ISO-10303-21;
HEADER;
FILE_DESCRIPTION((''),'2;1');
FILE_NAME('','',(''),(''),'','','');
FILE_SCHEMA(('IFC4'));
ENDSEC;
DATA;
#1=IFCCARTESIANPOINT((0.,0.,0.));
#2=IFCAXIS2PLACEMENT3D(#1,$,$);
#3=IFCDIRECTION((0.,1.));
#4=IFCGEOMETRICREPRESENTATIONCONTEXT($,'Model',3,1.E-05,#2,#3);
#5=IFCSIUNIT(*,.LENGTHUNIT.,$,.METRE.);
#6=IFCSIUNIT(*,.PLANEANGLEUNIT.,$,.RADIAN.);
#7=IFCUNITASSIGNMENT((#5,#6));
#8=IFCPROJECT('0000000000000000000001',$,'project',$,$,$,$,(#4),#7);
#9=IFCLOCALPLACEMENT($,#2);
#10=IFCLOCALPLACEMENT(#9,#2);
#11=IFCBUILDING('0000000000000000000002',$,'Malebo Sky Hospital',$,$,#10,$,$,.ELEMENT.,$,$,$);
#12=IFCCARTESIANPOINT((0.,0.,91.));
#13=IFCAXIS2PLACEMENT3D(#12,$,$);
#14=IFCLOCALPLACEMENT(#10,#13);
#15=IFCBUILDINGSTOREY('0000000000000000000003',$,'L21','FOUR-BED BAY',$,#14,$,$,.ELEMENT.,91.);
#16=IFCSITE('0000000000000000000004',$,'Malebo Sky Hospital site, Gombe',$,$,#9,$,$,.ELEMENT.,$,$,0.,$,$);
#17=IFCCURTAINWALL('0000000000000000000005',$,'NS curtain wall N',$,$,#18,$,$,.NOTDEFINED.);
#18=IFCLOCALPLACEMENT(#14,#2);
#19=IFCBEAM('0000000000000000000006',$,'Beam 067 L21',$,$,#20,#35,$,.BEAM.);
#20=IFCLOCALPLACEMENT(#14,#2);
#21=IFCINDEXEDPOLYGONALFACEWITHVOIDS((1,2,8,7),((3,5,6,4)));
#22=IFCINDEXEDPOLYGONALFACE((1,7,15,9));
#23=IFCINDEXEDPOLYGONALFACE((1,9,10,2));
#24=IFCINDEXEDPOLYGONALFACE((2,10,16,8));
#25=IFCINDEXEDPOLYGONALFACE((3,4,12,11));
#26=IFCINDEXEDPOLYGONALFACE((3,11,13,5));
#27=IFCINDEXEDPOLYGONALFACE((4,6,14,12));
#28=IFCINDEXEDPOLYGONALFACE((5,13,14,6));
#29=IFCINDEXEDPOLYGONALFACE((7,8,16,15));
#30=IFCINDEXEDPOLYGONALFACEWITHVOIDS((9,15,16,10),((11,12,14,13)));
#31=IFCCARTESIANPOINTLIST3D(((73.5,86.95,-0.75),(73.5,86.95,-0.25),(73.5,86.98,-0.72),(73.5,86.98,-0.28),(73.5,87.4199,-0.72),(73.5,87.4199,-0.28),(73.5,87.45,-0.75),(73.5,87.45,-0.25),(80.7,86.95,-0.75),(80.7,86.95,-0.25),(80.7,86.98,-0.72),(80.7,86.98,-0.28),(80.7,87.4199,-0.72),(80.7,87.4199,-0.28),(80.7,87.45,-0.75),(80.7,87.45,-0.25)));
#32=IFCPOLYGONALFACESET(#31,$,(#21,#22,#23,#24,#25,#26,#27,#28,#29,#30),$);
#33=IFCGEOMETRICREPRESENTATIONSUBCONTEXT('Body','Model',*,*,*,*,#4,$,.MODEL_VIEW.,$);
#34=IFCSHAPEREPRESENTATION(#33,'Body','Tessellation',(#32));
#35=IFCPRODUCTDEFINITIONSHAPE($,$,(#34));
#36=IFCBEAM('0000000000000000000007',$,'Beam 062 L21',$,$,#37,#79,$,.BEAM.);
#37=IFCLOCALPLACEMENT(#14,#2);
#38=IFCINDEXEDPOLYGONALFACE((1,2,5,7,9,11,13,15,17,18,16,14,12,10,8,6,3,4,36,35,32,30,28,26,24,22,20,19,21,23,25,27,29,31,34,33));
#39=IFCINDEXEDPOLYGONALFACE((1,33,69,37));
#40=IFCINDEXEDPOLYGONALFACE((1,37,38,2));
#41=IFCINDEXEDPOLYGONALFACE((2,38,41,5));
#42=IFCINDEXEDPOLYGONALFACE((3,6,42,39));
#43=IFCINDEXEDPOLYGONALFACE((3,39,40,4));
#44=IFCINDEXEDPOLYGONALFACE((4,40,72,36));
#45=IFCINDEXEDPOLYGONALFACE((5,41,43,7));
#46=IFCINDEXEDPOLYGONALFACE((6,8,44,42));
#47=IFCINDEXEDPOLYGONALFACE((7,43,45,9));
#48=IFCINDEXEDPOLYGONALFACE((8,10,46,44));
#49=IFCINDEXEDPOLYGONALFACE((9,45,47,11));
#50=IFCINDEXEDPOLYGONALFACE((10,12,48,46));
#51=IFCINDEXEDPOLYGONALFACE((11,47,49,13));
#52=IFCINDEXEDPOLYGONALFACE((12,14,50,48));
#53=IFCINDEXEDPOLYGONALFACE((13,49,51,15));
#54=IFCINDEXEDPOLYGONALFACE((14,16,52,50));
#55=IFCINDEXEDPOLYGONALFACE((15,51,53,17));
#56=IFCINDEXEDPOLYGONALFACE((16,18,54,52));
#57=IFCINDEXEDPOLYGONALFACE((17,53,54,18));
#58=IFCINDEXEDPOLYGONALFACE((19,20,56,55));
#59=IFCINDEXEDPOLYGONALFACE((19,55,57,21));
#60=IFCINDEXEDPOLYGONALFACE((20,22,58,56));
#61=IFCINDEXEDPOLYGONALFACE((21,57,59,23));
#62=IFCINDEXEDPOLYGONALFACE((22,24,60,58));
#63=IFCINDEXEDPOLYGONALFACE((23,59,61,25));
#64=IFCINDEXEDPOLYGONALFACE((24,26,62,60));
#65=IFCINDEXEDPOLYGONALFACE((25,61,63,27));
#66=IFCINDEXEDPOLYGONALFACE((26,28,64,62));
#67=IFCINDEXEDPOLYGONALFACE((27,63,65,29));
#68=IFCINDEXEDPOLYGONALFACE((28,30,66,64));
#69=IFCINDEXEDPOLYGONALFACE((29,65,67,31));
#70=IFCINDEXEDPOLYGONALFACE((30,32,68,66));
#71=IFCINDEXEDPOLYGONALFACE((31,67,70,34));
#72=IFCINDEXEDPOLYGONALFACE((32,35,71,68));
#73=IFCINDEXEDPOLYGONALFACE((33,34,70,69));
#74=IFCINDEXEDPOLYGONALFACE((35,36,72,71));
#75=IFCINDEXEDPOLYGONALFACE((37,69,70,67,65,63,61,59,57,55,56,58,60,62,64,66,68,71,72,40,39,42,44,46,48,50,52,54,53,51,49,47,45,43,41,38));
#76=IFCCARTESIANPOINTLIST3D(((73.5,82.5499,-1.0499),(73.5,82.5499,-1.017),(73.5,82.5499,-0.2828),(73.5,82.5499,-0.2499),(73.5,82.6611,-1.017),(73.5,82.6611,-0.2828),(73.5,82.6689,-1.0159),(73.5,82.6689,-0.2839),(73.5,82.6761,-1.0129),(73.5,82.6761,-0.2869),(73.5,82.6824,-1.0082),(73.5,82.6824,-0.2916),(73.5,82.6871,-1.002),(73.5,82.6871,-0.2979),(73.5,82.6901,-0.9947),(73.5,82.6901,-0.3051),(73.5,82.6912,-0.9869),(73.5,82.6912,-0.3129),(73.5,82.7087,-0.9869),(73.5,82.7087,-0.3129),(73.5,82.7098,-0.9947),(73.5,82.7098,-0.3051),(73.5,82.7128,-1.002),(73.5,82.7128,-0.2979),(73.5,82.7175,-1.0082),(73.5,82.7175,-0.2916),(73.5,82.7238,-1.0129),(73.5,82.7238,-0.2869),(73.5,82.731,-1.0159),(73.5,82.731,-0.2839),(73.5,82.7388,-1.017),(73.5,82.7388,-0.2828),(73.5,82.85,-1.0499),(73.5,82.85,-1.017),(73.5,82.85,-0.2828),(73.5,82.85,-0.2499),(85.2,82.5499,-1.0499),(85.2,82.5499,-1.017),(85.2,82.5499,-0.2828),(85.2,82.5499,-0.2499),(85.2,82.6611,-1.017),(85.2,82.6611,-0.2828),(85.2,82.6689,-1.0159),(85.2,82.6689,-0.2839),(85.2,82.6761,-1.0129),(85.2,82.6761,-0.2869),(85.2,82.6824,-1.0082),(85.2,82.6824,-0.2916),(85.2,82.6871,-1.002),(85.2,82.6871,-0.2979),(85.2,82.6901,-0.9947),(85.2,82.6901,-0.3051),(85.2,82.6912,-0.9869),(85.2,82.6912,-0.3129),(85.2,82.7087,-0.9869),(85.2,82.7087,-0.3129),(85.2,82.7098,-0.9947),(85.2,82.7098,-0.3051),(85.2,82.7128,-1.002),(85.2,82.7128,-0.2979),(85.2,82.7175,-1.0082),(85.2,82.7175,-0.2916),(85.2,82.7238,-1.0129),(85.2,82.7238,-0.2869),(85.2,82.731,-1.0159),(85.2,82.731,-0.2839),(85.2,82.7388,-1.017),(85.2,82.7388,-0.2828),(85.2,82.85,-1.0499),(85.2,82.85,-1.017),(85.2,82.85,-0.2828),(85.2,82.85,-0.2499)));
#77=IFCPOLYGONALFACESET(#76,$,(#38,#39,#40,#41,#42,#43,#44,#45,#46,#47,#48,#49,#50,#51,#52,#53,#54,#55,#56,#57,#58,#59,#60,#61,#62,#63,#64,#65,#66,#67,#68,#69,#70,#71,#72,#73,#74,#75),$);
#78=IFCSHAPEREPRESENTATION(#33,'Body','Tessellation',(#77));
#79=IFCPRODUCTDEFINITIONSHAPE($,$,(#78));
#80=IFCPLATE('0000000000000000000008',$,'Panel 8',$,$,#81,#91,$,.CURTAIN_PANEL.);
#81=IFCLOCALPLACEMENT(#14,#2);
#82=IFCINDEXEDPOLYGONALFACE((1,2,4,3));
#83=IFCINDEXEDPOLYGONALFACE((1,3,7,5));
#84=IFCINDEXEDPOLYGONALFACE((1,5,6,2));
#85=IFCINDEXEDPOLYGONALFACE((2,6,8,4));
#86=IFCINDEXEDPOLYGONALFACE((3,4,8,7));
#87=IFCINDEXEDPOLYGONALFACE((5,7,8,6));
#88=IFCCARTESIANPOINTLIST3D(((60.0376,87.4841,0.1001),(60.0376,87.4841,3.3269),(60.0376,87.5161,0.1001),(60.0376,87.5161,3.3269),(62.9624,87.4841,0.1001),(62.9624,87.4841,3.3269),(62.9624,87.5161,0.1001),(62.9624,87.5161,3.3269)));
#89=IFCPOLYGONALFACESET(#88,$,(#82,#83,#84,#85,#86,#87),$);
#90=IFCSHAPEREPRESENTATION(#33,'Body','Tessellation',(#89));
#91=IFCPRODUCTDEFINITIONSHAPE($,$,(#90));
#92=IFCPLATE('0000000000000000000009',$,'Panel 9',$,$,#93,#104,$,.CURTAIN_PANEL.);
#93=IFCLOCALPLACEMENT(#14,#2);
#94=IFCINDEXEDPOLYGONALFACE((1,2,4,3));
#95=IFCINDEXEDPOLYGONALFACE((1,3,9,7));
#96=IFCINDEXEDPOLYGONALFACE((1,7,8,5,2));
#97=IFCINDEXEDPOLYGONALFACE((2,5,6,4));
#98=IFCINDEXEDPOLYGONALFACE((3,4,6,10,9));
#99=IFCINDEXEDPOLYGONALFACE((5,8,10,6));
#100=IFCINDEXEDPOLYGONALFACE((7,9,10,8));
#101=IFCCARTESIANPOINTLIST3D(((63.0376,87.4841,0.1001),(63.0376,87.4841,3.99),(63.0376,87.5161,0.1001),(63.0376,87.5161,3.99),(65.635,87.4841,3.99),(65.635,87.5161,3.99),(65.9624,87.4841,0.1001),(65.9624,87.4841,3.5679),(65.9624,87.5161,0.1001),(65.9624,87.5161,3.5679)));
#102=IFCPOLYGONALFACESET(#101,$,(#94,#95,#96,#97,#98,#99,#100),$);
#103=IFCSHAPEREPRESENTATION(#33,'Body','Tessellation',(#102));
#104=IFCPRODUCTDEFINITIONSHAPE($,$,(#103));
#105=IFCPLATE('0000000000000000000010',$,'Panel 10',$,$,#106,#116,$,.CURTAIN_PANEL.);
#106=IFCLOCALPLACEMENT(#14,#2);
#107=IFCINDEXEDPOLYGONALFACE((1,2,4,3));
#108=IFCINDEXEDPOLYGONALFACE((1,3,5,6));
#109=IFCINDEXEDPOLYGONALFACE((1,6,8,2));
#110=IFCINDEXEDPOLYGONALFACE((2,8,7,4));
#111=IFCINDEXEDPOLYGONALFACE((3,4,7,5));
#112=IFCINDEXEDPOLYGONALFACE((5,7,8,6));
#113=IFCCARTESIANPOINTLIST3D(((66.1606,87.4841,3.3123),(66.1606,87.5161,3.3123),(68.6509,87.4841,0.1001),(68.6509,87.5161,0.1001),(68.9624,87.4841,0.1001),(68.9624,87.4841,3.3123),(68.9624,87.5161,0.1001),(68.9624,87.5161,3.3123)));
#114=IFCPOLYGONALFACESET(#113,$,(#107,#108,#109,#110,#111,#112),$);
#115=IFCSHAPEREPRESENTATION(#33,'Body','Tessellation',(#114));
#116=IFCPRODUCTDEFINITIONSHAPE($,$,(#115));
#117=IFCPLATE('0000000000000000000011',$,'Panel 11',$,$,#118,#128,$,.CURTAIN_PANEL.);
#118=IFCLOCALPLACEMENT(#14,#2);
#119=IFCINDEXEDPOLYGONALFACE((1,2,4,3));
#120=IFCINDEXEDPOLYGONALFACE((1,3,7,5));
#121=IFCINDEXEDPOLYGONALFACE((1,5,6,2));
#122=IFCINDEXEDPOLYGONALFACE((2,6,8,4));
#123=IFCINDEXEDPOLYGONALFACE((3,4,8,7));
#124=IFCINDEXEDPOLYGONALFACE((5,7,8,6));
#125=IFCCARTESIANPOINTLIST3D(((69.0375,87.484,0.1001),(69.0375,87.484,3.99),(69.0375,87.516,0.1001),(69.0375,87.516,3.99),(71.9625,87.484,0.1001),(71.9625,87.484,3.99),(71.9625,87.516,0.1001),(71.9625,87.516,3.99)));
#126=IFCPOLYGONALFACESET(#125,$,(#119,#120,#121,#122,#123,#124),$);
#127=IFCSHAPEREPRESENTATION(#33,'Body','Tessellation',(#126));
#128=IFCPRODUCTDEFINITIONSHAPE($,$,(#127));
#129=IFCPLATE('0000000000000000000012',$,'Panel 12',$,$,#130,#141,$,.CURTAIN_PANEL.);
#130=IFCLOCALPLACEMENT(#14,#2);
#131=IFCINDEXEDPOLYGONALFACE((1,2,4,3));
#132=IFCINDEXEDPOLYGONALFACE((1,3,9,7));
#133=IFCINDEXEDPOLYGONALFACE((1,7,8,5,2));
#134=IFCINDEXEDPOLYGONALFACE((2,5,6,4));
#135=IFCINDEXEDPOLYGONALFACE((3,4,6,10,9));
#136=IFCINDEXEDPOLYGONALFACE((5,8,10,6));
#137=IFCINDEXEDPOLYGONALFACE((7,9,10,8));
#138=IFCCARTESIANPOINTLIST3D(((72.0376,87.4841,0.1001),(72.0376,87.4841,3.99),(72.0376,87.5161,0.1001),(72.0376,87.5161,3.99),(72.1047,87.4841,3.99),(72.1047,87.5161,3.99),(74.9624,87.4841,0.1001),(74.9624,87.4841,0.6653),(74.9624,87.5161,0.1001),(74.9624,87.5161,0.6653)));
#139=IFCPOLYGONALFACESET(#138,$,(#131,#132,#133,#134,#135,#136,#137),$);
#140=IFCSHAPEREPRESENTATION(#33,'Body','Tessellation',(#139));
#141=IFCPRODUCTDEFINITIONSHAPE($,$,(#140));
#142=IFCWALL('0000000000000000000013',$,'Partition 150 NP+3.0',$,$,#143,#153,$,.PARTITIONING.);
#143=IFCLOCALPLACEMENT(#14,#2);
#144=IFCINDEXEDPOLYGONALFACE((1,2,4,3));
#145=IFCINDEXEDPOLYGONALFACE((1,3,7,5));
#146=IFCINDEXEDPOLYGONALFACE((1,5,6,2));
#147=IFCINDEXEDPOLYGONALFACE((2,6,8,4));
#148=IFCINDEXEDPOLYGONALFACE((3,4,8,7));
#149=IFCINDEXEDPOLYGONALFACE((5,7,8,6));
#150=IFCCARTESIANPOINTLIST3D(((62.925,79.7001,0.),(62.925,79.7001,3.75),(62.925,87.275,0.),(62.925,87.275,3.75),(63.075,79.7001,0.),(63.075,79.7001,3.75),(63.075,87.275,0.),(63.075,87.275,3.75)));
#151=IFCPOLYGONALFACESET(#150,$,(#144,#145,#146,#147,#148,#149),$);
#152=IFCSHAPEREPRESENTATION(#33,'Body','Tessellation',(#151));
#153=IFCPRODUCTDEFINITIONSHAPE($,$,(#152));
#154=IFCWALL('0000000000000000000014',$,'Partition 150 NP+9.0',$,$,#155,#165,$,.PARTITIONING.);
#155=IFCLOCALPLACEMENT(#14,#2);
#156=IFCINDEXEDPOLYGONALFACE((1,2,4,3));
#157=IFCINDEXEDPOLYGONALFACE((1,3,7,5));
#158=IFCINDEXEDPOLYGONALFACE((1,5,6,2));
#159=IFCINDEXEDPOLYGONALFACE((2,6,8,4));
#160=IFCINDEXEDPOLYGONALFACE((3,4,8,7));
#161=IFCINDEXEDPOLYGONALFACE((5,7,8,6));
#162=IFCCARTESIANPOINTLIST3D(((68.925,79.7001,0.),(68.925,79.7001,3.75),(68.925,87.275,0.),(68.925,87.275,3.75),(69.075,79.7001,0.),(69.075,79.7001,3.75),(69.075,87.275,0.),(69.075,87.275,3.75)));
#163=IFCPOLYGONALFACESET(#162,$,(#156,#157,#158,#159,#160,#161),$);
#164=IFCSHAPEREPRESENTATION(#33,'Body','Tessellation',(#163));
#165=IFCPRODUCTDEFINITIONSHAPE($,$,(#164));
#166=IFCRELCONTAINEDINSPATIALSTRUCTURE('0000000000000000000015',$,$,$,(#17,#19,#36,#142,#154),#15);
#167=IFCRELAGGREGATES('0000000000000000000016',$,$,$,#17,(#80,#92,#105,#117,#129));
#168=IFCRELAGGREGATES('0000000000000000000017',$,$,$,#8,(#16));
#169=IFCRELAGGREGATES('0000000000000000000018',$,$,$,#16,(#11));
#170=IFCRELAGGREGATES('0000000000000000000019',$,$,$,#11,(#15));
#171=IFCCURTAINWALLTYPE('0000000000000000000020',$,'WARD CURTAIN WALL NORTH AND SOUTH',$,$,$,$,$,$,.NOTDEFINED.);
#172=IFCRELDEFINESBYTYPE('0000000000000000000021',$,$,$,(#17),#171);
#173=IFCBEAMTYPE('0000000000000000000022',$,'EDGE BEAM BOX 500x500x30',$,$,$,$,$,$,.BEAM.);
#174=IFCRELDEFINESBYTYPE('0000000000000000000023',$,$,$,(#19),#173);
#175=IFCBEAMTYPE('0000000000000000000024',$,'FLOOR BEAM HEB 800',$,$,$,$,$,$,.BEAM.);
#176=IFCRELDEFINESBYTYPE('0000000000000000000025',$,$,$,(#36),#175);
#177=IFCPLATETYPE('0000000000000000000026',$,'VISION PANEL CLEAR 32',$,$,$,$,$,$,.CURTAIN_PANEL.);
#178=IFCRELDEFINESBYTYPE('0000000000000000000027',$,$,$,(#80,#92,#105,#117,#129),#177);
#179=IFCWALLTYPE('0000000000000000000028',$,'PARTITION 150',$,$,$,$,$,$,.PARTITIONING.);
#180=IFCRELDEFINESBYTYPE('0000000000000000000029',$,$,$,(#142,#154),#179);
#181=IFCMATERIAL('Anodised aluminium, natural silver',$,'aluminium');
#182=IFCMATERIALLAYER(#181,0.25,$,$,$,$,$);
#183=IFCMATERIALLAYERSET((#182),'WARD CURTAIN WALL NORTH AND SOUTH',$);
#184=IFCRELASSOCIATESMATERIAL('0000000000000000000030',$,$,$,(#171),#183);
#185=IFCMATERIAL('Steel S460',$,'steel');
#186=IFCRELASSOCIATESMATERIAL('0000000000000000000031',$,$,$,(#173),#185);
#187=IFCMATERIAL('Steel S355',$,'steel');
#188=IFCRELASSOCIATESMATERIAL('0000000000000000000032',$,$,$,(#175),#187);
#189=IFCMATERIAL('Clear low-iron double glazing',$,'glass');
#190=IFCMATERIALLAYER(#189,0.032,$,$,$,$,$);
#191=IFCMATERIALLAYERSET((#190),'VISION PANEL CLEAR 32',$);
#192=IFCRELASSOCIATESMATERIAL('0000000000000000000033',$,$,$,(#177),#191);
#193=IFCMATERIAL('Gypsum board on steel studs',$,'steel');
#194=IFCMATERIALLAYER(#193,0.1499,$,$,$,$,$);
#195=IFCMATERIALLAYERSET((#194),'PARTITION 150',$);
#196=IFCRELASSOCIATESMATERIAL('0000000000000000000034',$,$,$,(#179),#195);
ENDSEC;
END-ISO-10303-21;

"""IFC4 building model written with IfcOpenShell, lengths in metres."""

from ifc_helpers import new_model, si_unit, direction, frame, frame_2d, origin, origin_2d, place, context, subcontext, project, spatial, polyline, rectangle, hollow_rectangle, i_section, outline, extrude, material, layer, layer_set, material_profile, profile_set, type_object, element, aggregate, save


model = new_model("IFC4")

# Units and contexts
model_context = context("Model", 3, precision=1e-05, world=origin(), true_north=direction((0.0, 1.0)))
body_context = subcontext(model_context, "Body", "Model", "MODEL_VIEW")
ifc_project = project(units=[si_unit("LENGTHUNIT", "METRE"), si_unit("PLANEANGLEUNIT", "RADIAN")], contexts=[model_context])

# Site, building, storey
site_placement = place(None, origin())
site = spatial("IfcSite", under=ifc_project, at=site_placement, Name="Malebo Sky Hospital site, Gombe", CompositionType="ELEMENT", RefElevation=0.0)
building_placement = place(site_placement, origin())
building = spatial("IfcBuilding", under=site, at=building_placement, Name="Malebo Sky Hospital", CompositionType="ELEMENT")
storey_placement = place(building_placement, frame((0.0, 0.0, 91.0)))
storey = spatial("IfcBuildingStorey", under=building, at=storey_placement, Name="L21", Description="FOUR-BED BAY", CompositionType="ELEMENT", Elevation=91.0)

# Shared definitions
ifc_material_1 = material(Name="Steel S460", Category="steel")

# Curtain wall
ifc_material_2 = material(Name="Anodised aluminium, natural silver", Category="aluminium")
ifc_layer_1 = layer(ifc_material_2, 0.25)
ifc_layer_set_1 = layer_set([ifc_layer_1], Name="WARD CURTAIN WALL NORTH AND SOUTH")
curtain_wall_type = type_object("IfcCurtainWallType", Name="WARD CURTAIN WALL NORTH AND SOUTH", PredefinedType="NOTDEFINED", material=ifc_layer_set_1)
curtain_wall_placement = place(storey_placement, origin())
curtain_wall = element("IfcCurtainWall", 1, at=curtain_wall_placement, inside=storey, type_object=curtain_wall_type, Name="NS curtain wall N", PredefinedType="NOTDEFINED")

# Beams
ifc_material_profile_1 = material_profile(ifc_material_1, hollow_rectangle(XDim=0.5, YDim=0.5, WallThickness=0.03, at=origin_2d()), Name="BOX 500x500x30")
ifc_profile_set_1 = profile_set([ifc_material_profile_1], Name="Steel S460")
beam_type_1 = type_object("IfcBeamType", Name="EDGE BEAM BOX 500x500x30", PredefinedType="BEAM", material=ifc_profile_set_1)
beam_1_placement = place(storey_placement, frame((73.5, 87.2, -0.5), z_axis=(1.0, 0.0, 0.0), x_axis=(0.0, 1.0, 0.0)))
element("IfcBeam", 2, at=beam_1_placement, inside=storey, type_object=beam_type_1, Name="Beam 067 L21", PredefinedType="BEAM", context=body_context, shape_type="SweptSolid", body=[
    extrude(hollow_rectangle(XDim=0.5, YDim=0.5, WallThickness=0.03, at=origin_2d()), origin(), (0.0, 0.0, 1.0), 7.2),
])
ifc_material_3 = material(Name="Steel S355", Category="steel")
ifc_material_profile_2 = material_profile(ifc_material_3, i_section(OverallWidth=0.3, OverallDepth=0.8, WebThickness=0.0176, FlangeThickness=0.033, FilletRadius=0.03, at=origin_2d()), Name="HEB 800")
ifc_profile_set_2 = profile_set([ifc_material_profile_2], Name="Steel S355")
beam_type_2 = type_object("IfcBeamType", Name="FLOOR BEAM HEB 800", PredefinedType="BEAM", material=ifc_profile_set_2)
beam_2_placement = place(storey_placement, frame((73.5, 82.7, -0.6499), z_axis=(1.0, 0.0, 0.0), x_axis=(0.0, 1.0, 0.0)))
element("IfcBeam", 3, at=beam_2_placement, inside=storey, type_object=beam_type_2, Name="Beam 062 L21", PredefinedType="BEAM", context=body_context, shape_type="SweptSolid", body=[
    extrude(i_section(OverallWidth=0.3, OverallDepth=0.8, WebThickness=0.0176, FlangeThickness=0.033, FilletRadius=0.03, at=origin_2d()), origin(), (0.0, 0.0, 1.0), 11.7),
])

# Plates
ifc_material_4 = material(Name="Clear low-iron double glazing", Category="glass")
ifc_layer_2 = layer(ifc_material_4, 0.032)
ifc_layer_set_2 = layer_set([ifc_layer_2], Name="VISION PANEL CLEAR 32")
plate_type = type_object("IfcPlateType", Name="VISION PANEL CLEAR 32", PredefinedType="CURTAIN_PANEL", material=ifc_layer_set_2)
plate_1_placement = place(storey_placement, frame((61.5, 87.5, 0.1001), z_axis=(0.0, 0.0, 1.0), x_axis=(1.0, 0.0, 0.0)))
plate_1 = element("IfcPlate", 4, at=plate_1_placement, type_object=plate_type, Name="Panel 8", PredefinedType="CURTAIN_PANEL", context=body_context, shape_type="SweptSolid", body=[
    extrude(outline(polyline([(-1.4624, 0.0), (1.4624, 0.0), (1.4624, 3.2268), (-1.4624, 3.2268), (-1.4624, 0.0)])), frame((0.0, 0.0161, 0.0), z_axis=(0.0, -1.0, 0.0), x_axis=(1.0, 0.0, 0.0)), (0.0, 0.0, 1.0), 0.032),
])
plate_2_placement = place(storey_placement, frame((64.5, 87.5, 0.1001), z_axis=(0.0, 0.0, 1.0), x_axis=(1.0, 0.0, 0.0)))
plate_2 = element("IfcPlate", 5, at=plate_2_placement, type_object=plate_type, Name="Panel 9", PredefinedType="CURTAIN_PANEL", context=body_context, shape_type="SweptSolid", body=[
    extrude(outline(polyline([(-1.4624, 0.0), (1.4624, 0.0), (1.4624, 3.4678), (1.135, 3.8899), (-1.4624, 3.8899), (-1.4624, 0.0)])), frame((0.0, 0.0161, 0.0), z_axis=(0.0, -1.0, 0.0), x_axis=(1.0, 0.0, 0.0)), (0.0, 0.0, 1.0), 0.032),
])
plate_3_placement = place(storey_placement, frame((67.5615, 87.5, 0.1001), z_axis=(0.0, 0.0, 1.0), x_axis=(1.0, 0.0, 0.0)))
plate_3 = element("IfcPlate", 6, at=plate_3_placement, type_object=plate_type, Name="Panel 10", PredefinedType="CURTAIN_PANEL", context=body_context, shape_type="SweptSolid", body=[
    extrude(outline(polyline([(1.0894, 0.0), (1.4009, 0.0), (1.4009, 3.2122), (-1.4009, 3.2122), (1.0894, 0.0)])), frame((0.0, 0.0161, 0.0), z_axis=(0.0, -1.0, 0.0), x_axis=(1.0, 0.0, 0.0)), (0.0, 0.0, 1.0), 0.032),
])
plate_4_placement = place(storey_placement, frame((70.5, 87.5, 0.1001), z_axis=(0.0, 0.0, 1.0), x_axis=(1.0, 0.0, 0.0)))
plate_4 = element("IfcPlate", 7, at=plate_4_placement, type_object=plate_type, Name="Panel 11", PredefinedType="CURTAIN_PANEL", context=body_context, shape_type="SweptSolid", body=[
    extrude(rectangle(XDim=2.925, YDim=0.032, at=origin_2d()), origin(), (0.0, 0.0, 1.0), 3.8899),
])
plate_5_placement = place(storey_placement, frame((73.5, 87.5, 0.1001), z_axis=(0.0, 0.0, 1.0), x_axis=(1.0, 0.0, 0.0)))
plate_5 = element("IfcPlate", 8, at=plate_5_placement, type_object=plate_type, Name="Panel 12", PredefinedType="CURTAIN_PANEL", context=body_context, shape_type="SweptSolid", body=[
    extrude(outline(polyline([(-1.4624, 0.0), (1.4624, 0.0), (1.4624, 0.5652), (-1.3953, 3.8899), (-1.4624, 3.8899), (-1.4624, 0.0)])), frame((0.0, 0.0161, 0.0), z_axis=(0.0, -1.0, 0.0), x_axis=(1.0, 0.0, 0.0)), (0.0, 0.0, 1.0), 0.032),
])
aggregate(curtain_wall, [plate_1, plate_2, plate_3, plate_4, plate_5])

# Walls
ifc_material_5 = material(Name="Gypsum board on steel studs", Category="steel")
ifc_layer_3 = layer(ifc_material_5, 0.1499)
ifc_layer_set_3 = layer_set([ifc_layer_3], Name="PARTITION 150")
wall_type = type_object("IfcWallType", Name="PARTITION 150", PredefinedType="PARTITIONING", material=ifc_layer_set_3)
for number, where, z_axis, x_axis, name in (
    (9, (63.0, 79.7, 0.0), (0.0, 0.0, 1.0), (0.0, 1.0, 0.0), "Partition 150 NP+3.0"),
    (10, (69.0, 79.7, 0.0), (0.0, 0.0, 1.0), (0.0, 1.0, 0.0), "Partition 150 NP+9.0"),
):
    element("IfcWall", number, at=place(storey_placement, frame(where, z_axis=z_axis, x_axis=x_axis)), inside=storey, type_object=wall_type, Name=name, PredefinedType="PARTITIONING", context=body_context, shape_type="SweptSolid", body=[
        extrude(rectangle(XDim=7.575, YDim=0.1499, at=frame_2d((3.7876, 0.0))), origin(), (0.0, 0.0, 1.0), 3.75),
    ])

save(model, "model.ifc")
